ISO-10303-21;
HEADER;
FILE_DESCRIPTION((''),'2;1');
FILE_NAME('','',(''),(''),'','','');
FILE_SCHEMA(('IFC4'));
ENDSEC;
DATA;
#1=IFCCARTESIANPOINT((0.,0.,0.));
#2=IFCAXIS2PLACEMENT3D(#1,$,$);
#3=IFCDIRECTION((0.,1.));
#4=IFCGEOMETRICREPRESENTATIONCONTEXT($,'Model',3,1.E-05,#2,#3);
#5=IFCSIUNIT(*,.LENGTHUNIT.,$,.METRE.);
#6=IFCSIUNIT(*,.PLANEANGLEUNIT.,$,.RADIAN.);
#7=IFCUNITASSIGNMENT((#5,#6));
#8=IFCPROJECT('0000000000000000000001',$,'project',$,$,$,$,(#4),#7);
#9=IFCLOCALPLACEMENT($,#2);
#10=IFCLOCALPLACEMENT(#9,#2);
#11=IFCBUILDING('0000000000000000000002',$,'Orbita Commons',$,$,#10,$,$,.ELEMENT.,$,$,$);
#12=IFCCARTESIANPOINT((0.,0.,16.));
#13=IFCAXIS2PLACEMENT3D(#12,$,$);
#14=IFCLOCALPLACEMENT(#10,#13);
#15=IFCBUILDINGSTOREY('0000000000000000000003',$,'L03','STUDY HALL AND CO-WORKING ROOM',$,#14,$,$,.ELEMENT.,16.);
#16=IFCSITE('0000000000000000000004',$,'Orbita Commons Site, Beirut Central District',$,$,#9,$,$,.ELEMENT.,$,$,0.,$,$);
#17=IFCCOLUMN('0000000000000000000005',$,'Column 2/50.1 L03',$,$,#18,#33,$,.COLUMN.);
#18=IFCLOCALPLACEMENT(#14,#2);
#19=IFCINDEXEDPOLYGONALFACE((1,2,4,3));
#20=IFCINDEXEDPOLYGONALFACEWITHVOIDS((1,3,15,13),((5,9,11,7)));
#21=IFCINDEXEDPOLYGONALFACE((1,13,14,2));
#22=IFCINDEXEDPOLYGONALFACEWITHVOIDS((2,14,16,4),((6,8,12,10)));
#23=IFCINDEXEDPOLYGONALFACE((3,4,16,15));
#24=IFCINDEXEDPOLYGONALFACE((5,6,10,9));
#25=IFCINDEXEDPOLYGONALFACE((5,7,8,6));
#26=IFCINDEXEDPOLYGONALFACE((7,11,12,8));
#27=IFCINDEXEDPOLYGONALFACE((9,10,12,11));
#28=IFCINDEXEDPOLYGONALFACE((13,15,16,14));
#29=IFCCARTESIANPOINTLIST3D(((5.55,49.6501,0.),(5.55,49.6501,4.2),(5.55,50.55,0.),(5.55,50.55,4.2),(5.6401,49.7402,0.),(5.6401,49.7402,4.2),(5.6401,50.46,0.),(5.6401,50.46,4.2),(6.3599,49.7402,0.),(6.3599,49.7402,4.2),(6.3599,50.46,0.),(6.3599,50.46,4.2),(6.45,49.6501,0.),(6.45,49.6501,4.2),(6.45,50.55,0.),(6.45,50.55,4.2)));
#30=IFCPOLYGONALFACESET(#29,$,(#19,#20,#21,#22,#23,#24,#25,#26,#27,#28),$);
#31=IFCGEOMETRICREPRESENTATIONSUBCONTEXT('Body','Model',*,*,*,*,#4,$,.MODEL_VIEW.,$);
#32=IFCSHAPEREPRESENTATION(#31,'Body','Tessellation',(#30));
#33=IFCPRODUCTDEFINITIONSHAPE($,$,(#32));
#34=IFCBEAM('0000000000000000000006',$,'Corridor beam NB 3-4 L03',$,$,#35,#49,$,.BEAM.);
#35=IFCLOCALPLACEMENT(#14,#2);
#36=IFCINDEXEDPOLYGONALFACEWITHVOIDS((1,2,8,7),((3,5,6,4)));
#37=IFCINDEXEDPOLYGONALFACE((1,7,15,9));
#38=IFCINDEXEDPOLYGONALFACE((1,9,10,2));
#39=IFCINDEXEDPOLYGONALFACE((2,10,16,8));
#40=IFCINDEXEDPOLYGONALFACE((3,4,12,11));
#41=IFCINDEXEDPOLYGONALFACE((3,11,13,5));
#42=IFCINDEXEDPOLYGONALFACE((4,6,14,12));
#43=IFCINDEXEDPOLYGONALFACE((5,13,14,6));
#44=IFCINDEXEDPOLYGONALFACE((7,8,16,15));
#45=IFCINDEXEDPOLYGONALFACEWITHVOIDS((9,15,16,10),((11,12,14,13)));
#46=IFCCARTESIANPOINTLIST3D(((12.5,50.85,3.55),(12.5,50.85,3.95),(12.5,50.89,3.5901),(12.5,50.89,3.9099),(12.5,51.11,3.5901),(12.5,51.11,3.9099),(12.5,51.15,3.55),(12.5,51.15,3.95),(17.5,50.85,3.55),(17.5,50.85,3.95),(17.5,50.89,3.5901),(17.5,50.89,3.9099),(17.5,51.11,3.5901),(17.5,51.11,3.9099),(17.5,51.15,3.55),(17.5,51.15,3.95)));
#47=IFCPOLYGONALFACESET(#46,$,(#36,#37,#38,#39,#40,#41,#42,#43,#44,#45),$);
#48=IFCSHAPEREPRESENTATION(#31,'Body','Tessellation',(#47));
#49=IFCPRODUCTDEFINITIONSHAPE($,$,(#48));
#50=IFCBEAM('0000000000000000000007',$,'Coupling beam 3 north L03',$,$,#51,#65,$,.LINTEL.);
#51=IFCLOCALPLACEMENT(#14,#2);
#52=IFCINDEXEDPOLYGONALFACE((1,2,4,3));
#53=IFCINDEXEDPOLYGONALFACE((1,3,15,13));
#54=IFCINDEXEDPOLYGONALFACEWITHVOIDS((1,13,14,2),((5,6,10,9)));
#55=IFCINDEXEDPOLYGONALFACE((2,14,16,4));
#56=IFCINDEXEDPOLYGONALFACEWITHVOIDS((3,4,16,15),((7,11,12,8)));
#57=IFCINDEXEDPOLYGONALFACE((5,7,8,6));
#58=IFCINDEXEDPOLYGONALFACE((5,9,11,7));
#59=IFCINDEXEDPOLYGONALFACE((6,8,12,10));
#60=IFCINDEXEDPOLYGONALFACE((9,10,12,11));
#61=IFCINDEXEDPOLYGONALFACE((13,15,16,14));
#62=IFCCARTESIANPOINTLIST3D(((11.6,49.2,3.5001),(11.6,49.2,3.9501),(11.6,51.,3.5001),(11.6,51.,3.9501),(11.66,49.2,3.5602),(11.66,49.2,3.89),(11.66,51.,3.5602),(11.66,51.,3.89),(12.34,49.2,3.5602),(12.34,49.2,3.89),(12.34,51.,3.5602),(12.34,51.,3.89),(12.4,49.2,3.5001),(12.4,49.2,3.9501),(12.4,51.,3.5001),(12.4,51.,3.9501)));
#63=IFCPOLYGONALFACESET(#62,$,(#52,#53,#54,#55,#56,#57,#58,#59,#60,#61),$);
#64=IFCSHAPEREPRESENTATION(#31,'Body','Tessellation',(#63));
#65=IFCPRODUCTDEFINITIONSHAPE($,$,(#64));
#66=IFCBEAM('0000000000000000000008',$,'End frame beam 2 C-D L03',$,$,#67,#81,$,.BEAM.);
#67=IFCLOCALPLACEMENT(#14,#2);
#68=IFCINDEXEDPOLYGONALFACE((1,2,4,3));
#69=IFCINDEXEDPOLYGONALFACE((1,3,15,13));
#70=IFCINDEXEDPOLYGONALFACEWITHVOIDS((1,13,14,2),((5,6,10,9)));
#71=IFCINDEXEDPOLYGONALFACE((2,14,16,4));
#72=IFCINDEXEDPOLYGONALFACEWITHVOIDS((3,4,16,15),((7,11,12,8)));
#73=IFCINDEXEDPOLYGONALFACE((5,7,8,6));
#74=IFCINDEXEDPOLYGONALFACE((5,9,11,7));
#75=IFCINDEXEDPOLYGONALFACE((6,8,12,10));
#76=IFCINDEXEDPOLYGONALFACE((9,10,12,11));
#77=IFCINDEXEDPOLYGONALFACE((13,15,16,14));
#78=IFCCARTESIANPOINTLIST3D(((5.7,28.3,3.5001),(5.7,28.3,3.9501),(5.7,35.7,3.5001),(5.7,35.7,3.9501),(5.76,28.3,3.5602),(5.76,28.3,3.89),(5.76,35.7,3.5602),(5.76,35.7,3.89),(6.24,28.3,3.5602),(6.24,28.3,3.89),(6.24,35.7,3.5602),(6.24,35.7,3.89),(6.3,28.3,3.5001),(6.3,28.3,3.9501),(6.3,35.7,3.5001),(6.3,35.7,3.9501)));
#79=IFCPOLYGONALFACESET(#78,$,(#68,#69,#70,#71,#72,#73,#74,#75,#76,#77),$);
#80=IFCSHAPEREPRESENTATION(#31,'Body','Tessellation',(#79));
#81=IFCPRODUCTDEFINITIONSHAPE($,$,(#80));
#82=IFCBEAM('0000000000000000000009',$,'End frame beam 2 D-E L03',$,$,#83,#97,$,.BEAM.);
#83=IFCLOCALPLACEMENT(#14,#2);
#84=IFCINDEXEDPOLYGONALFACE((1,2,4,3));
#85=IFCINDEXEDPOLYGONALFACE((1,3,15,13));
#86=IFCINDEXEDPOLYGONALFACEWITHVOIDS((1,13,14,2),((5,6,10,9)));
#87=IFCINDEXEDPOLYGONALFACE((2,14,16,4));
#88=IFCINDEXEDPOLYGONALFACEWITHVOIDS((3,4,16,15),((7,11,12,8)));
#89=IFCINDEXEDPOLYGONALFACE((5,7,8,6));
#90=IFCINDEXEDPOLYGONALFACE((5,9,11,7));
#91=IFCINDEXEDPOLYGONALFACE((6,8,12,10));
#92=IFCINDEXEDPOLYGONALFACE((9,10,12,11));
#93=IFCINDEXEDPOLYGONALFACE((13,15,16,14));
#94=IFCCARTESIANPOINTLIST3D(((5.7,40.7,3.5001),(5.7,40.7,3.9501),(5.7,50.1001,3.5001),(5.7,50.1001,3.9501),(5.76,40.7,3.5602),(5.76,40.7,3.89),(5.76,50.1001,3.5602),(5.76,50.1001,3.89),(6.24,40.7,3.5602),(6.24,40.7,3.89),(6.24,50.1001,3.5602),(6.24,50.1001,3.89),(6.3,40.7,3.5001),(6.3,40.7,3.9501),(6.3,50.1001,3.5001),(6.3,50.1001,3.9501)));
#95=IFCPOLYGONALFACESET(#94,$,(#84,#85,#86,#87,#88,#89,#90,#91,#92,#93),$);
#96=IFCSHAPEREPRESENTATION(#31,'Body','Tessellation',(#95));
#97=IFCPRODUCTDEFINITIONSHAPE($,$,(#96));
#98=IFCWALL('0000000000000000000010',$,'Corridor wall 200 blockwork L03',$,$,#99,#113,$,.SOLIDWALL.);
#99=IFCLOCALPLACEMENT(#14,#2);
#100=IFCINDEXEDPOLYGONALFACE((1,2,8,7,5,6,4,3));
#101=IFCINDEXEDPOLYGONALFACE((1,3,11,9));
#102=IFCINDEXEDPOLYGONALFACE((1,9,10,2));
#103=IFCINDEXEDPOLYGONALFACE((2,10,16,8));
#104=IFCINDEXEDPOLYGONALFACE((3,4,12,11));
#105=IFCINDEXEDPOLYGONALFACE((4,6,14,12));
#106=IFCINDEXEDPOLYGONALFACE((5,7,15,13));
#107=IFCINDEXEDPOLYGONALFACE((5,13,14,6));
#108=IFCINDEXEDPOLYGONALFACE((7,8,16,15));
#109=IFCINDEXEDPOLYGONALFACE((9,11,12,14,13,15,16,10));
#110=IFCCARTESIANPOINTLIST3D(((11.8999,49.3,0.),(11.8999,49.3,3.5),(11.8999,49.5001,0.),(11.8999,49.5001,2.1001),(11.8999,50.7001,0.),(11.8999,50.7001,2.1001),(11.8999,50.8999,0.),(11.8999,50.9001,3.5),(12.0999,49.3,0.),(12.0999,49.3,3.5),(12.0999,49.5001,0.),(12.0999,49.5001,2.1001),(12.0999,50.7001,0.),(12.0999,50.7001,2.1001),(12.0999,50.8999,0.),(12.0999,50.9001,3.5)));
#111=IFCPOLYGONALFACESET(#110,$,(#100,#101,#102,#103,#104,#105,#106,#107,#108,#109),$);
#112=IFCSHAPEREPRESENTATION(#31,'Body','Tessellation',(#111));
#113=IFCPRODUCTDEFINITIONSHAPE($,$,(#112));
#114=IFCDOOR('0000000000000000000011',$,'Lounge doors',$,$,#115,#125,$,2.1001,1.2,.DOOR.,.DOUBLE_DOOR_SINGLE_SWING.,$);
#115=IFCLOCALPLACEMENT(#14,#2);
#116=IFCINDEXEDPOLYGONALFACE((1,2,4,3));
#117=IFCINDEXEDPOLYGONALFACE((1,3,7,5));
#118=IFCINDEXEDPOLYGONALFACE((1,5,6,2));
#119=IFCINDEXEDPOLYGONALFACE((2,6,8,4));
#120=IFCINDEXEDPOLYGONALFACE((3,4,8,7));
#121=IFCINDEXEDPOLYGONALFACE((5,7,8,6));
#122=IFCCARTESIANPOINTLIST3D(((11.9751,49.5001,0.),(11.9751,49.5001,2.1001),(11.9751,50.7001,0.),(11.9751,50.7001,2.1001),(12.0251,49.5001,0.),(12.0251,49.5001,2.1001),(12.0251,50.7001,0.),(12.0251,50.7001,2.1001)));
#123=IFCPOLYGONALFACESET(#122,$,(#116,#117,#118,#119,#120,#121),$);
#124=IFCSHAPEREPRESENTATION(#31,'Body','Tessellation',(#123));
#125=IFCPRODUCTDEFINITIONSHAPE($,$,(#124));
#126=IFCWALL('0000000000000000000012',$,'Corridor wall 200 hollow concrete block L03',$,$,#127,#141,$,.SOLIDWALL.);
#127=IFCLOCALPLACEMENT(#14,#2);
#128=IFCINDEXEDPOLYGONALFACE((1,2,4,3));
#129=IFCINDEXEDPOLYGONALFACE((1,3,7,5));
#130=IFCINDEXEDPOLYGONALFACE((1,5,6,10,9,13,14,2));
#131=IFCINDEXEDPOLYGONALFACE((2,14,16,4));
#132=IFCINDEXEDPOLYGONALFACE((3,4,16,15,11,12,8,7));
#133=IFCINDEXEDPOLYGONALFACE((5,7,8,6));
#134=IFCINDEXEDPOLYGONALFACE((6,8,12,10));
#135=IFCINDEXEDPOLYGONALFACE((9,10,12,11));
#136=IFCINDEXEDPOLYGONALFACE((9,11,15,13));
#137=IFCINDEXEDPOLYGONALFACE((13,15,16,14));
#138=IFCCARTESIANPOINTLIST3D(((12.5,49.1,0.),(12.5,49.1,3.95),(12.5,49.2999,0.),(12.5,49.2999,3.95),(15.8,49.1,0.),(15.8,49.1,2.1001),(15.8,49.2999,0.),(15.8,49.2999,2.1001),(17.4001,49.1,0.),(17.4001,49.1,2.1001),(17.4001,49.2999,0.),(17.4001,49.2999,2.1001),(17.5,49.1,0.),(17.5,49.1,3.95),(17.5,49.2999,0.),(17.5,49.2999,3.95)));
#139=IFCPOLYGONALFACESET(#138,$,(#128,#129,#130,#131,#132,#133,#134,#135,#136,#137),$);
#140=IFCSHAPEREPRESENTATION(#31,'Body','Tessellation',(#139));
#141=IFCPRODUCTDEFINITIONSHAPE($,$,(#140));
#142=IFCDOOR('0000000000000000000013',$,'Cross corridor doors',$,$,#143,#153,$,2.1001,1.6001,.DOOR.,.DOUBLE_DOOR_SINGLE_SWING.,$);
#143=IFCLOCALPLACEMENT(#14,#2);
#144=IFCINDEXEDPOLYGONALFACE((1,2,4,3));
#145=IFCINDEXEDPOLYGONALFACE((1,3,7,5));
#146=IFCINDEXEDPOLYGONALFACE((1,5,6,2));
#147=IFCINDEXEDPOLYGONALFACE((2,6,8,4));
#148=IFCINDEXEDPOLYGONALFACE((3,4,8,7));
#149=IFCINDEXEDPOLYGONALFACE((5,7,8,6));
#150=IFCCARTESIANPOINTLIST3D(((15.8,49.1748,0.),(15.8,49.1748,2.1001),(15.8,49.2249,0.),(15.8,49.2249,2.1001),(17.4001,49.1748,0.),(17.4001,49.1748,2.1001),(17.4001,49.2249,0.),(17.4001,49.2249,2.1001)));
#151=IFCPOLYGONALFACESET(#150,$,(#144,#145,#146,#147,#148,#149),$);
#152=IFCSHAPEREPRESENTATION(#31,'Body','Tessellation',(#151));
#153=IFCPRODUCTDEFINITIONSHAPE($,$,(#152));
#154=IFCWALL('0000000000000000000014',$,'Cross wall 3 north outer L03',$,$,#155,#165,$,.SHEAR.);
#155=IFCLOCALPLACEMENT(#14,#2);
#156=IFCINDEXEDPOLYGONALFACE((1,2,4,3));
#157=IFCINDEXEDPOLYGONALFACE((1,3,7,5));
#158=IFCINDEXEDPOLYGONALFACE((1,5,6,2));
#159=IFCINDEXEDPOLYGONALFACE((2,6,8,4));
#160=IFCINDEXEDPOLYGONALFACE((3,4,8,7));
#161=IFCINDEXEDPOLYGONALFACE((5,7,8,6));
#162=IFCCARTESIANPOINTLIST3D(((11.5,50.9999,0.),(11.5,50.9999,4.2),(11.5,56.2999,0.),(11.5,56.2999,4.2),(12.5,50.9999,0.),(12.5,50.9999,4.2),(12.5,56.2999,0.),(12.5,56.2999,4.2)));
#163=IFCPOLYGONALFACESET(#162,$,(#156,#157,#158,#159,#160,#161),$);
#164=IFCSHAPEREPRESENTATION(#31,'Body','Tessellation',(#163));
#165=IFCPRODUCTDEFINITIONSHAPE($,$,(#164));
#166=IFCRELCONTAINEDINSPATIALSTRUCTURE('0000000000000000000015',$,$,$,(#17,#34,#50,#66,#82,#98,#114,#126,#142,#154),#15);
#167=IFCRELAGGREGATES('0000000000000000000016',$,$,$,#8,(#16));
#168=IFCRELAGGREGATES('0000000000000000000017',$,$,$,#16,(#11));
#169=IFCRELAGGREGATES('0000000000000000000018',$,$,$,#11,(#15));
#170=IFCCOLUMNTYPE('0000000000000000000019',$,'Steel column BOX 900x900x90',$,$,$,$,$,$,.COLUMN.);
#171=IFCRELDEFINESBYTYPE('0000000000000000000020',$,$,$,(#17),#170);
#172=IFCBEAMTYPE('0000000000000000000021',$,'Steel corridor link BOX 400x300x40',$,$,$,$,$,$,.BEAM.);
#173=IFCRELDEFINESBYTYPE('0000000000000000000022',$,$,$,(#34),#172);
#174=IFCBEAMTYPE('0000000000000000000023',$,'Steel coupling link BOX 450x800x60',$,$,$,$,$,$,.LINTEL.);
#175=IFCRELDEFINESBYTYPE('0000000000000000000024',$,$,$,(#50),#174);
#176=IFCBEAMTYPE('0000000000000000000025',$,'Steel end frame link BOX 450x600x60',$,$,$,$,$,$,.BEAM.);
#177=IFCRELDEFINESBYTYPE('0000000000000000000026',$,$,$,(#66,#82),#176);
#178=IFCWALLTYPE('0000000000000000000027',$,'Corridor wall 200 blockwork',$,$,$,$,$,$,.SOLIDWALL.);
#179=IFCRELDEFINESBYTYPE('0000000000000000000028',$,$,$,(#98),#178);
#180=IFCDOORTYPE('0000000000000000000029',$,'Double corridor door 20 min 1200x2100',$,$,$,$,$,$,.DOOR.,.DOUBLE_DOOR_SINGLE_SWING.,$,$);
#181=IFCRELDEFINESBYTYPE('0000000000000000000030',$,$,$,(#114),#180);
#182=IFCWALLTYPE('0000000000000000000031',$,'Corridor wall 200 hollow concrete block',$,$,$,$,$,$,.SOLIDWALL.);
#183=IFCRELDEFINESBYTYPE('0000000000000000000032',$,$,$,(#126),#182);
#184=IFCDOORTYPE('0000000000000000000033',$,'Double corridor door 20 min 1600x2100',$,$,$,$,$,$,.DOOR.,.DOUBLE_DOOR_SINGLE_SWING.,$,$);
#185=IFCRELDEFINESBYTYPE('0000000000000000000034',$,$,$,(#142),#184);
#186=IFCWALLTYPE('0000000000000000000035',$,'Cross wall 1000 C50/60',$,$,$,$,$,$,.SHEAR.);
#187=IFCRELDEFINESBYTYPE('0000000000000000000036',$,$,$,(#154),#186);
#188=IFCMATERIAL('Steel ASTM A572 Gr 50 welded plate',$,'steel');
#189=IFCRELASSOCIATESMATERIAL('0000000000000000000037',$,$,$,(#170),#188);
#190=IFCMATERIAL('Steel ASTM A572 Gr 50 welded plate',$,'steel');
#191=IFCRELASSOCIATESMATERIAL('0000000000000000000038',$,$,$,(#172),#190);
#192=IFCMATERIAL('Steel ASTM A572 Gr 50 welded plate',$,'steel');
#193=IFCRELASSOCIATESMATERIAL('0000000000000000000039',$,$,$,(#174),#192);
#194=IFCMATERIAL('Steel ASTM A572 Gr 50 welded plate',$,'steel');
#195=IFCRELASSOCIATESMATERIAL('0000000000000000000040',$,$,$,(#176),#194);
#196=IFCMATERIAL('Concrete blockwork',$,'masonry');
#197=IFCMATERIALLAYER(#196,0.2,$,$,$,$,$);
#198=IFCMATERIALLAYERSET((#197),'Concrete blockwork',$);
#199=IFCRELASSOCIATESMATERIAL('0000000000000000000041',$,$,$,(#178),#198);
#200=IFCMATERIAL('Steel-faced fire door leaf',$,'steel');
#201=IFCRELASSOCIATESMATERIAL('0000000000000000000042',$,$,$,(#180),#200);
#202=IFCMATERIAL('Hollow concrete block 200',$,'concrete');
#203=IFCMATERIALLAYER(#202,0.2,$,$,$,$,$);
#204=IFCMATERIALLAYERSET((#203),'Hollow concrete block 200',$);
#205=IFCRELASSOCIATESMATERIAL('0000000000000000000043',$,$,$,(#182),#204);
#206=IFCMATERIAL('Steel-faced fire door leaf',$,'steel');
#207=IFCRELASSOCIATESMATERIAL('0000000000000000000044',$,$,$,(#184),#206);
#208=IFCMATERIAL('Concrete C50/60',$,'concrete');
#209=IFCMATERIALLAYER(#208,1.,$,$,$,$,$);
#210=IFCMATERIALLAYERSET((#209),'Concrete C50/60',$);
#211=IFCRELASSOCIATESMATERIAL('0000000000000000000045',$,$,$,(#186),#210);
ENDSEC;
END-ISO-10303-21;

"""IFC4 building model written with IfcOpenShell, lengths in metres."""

from ifc_helpers import new_model, si_unit, direction, frame, frame_2d, origin, origin_2d, place, context, subcontext, project, spatial, polyline, rectangle, hollow_rectangle, outline, extrude, material, layer, layer_set, material_profile, profile_set, type_object, element, fill, save


model = new_model("IFC4")

# Units and contexts
model_context = context("Model", 3, precision=1e-05, world=origin(), true_north=direction((0.0, 1.0)))
body_context = subcontext(model_context, "Body", "Model", "MODEL_VIEW")
ifc_project = project(units=[si_unit("LENGTHUNIT", "METRE"), si_unit("PLANEANGLEUNIT", "RADIAN")], contexts=[model_context])

# Site, building, storey
site_placement = place(None, origin())
site = spatial("IfcSite", under=ifc_project, at=site_placement, Name="Orbita Commons Site, Beirut Central District", CompositionType="ELEMENT", RefElevation=0.0)
building_placement = place(site_placement, origin())
building = spatial("IfcBuilding", under=site, at=building_placement, Name="Orbita Commons", CompositionType="ELEMENT")
storey_placement = place(building_placement, frame((0.0, 0.0, 16.0)))
storey = spatial("IfcBuildingStorey", under=building, at=storey_placement, Name="L03", Description="STUDY HALL AND CO-WORKING ROOM", CompositionType="ELEMENT", Elevation=16.0)

# Column
ifc_material_1 = material(Name="Steel ASTM A572 Gr 50 welded plate", Category="steel")
ifc_material_profile_1 = material_profile(ifc_material_1, hollow_rectangle(XDim=0.8999, YDim=0.8999, WallThickness=0.0901, at=origin_2d()), Name="BOX 900x900x90")
ifc_profile_set_1 = profile_set([ifc_material_profile_1], Name="Steel ASTM A572 Gr 50 welded plate")
column_type = type_object("IfcColumnType", Name="Steel column BOX 900x900x90", PredefinedType="COLUMN", material=ifc_profile_set_1)
column_placement = place(storey_placement, frame((6.0, 50.1001, 0.0), z_axis=(0.0, 0.0, 1.0), x_axis=(1.0, 0.0, 0.0)))
element("IfcColumn", 1, at=column_placement, inside=storey, type_object=column_type, Name="Column 2/50.1 L03", PredefinedType="COLUMN", context=body_context, shape_type="SweptSolid", body=[
    extrude(hollow_rectangle(XDim=0.8999, YDim=0.8999, WallThickness=0.0901, at=origin_2d()), origin(), (0.0, 0.0, 1.0), 4.2),
])

# Beams
ifc_material_2 = material(Name="Steel ASTM A572 Gr 50 welded plate", Category="steel")
ifc_material_profile_2 = material_profile(ifc_material_2, hollow_rectangle(XDim=0.3, YDim=0.3999, WallThickness=0.04, at=origin_2d()), Name="BOX 400x300x40")
ifc_profile_set_2 = profile_set([ifc_material_profile_2], Name="Steel ASTM A572 Gr 50 welded plate")
beam_type_1 = type_object("IfcBeamType", Name="Steel corridor link BOX 400x300x40", PredefinedType="BEAM", material=ifc_profile_set_2)
beam_1_placement = place(storey_placement, frame((12.5, 51.0, 3.75), z_axis=(1.0, 0.0, 0.0), x_axis=(0.0, 1.0, 0.0)))
element("IfcBeam", 2, at=beam_1_placement, inside=storey, type_object=beam_type_1, Name="Corridor beam NB 3-4 L03", PredefinedType="BEAM", context=body_context, shape_type="SweptSolid", body=[
    extrude(hollow_rectangle(XDim=0.3, YDim=0.3999, WallThickness=0.04, at=origin_2d()), origin(), (0.0, 0.0, 1.0), 5.0),
])
ifc_material_3 = material(Name="Steel ASTM A572 Gr 50 welded plate", Category="steel")
ifc_material_profile_3 = material_profile(ifc_material_3, hollow_rectangle(XDim=0.8, YDim=0.45, WallThickness=0.0601, at=origin_2d()), Name="BOX 450x800x60")
ifc_profile_set_3 = profile_set([ifc_material_profile_3], Name="Steel ASTM A572 Gr 50 welded plate")
beam_type_2 = type_object("IfcBeamType", Name="Steel coupling link BOX 450x800x60", PredefinedType="LINTEL", material=ifc_profile_set_3)
beam_2_placement = place(storey_placement, frame((12.0, 49.2, 3.7251), z_axis=(0.0, 1.0, 0.0), x_axis=(-1.0, 0.0, 0.0)))
element("IfcBeam", 3, at=beam_2_placement, inside=storey, type_object=beam_type_2, Name="Coupling beam 3 north L03", PredefinedType="LINTEL", context=body_context, shape_type="SweptSolid", body=[
    extrude(hollow_rectangle(XDim=0.8, YDim=0.45, WallThickness=0.0601, at=origin_2d()), origin(), (0.0, 0.0, 1.0), 1.8),
])
ifc_material_4 = material(Name="Steel ASTM A572 Gr 50 welded plate", Category="steel")
ifc_material_profile_4 = material_profile(ifc_material_4, hollow_rectangle(XDim=0.6001, YDim=0.45, WallThickness=0.0601, at=origin_2d()), Name="BOX 450x600x60")
ifc_profile_set_4 = profile_set([ifc_material_profile_4], Name="Steel ASTM A572 Gr 50 welded plate")
beam_type_3 = type_object("IfcBeamType", Name="Steel end frame link BOX 450x600x60", PredefinedType="BEAM", material=ifc_profile_set_4)
beam_3_placement = place(storey_placement, frame((6.0, 28.3, 3.7251), z_axis=(0.0, 1.0, 0.0), x_axis=(-1.0, 0.0, 0.0)))
element("IfcBeam", 4, at=beam_3_placement, inside=storey, type_object=beam_type_3, Name="End frame beam 2 C-D L03", PredefinedType="BEAM", context=body_context, shape_type="SweptSolid", body=[
    extrude(hollow_rectangle(XDim=0.6001, YDim=0.45, WallThickness=0.0601, at=origin_2d()), origin(), (0.0, 0.0, 1.0), 7.3999),
])
beam_4_placement = place(storey_placement, frame((6.0, 40.7, 3.7251), z_axis=(0.0, 1.0, 0.0), x_axis=(-1.0, 0.0, 0.0)))
element("IfcBeam", 5, at=beam_4_placement, inside=storey, type_object=beam_type_3, Name="End frame beam 2 D-E L03", PredefinedType="BEAM", context=body_context, shape_type="SweptSolid", body=[
    extrude(hollow_rectangle(XDim=0.6001, YDim=0.45, WallThickness=0.0601, at=origin_2d()), origin(), (0.0, 0.0, 1.0), 9.4001),
])

# Walls, openings, doors
ifc_material_5 = material(Name="Concrete blockwork", Category="masonry")
ifc_layer_1 = layer(ifc_material_5, 0.2)
ifc_layer_set_1 = layer_set([ifc_layer_1], Name="Concrete blockwork")
wall_type_1 = type_object("IfcWallType", Name="Corridor wall 200 blockwork", PredefinedType="SOLIDWALL", material=ifc_layer_set_1)
wall_1_placement = place(storey_placement, frame((12.0, 49.3, 0.0), z_axis=(0.0, 0.0, 1.0), x_axis=(0.0, 1.0, 0.0)))
wall_1 = element("IfcWall", 6, at=wall_1_placement, inside=storey, type_object=wall_type_1, Name="Corridor wall 200 blockwork L03", PredefinedType="SOLIDWALL", context=body_context, shape_type="SweptSolid", body=[
    extrude(outline(polyline([(0.0, 0.0), (1.5999, 0.0), (1.6001, 3.5), (0.0, 3.5), (0.0, 0.0)])), frame((0.0, 0.1001, 0.0), z_axis=(0.0, -1.0, 0.0), x_axis=(1.0, 0.0, 0.0)), (0.0, 0.0, 1.0), 0.2),
])
opening_1_placement = place(wall_1_placement, frame((0.2, 0.0, 0.0)))
opening_1 = element("IfcOpeningElement", 7, at=opening_1_placement, cuts=wall_1, PredefinedType="OPENING", context=body_context, shape_type="SweptSolid", body=[
    extrude(rectangle(XDim=1.2, YDim=2.1001, at=frame_2d((0.6001, 1.05))), frame((0.0, 0.1099, 0.0), z_axis=(0.0, -1.0, 0.0), x_axis=(1.0, 0.0, 0.0)), (0.0, 0.0, 1.0), 0.22),
])
ifc_material_6 = material(Name="Steel-faced fire door leaf", Category="steel")
door_type_1 = type_object("IfcDoorType", Name="Double corridor door 20 min 1200x2100", OperationType="DOUBLE_DOOR_SINGLE_SWING", PredefinedType="DOOR", material=ifc_material_6)
door_1_placement = place(opening_1_placement, origin())
door_1 = element("IfcDoor", 8, at=door_1_placement, inside=storey, type_object=door_type_1, Name="Lounge doors", OperationType="DOUBLE_DOOR_SINGLE_SWING", OverallHeight=2.1001, OverallWidth=1.2, PredefinedType="DOOR", context=body_context, shape_type="SweptSolid", body=[
    extrude(rectangle(XDim=1.2, YDim=2.1001, at=frame_2d((0.6001, 1.05))), frame((0.0, 0.0249, 0.0), z_axis=(0.0, -1.0, 0.0), x_axis=(1.0, 0.0, 0.0)), (0.0, 0.0, 1.0), 0.05),
])
fill(opening_1, door_1)
ifc_material_7 = material(Name="Hollow concrete block 200", Category="concrete")
ifc_layer_2 = layer(ifc_material_7, 0.2)
ifc_layer_set_2 = layer_set([ifc_layer_2], Name="Hollow concrete block 200")
wall_type_2 = type_object("IfcWallType", Name="Corridor wall 200 hollow concrete block", PredefinedType="SOLIDWALL", material=ifc_layer_set_2)
wall_2_placement = place(storey_placement, frame((12.5, 49.2, 0.0), z_axis=(0.0, 0.0, 1.0), x_axis=(1.0, 0.0, 0.0)))
wall_2 = element("IfcWall", 9, at=wall_2_placement, inside=storey, type_object=wall_type_2, Name="Corridor wall 200 hollow concrete block L03", PredefinedType="SOLIDWALL", context=body_context, shape_type="SweptSolid", body=[
    extrude(rectangle(XDim=5.0, YDim=0.2, at=frame_2d((2.5, 0.0))), origin(), (0.0, 0.0, 1.0), 3.95),
])
opening_2_placement = place(wall_2_placement, frame((3.3, 0.0, 0.0)))
opening_2 = element("IfcOpeningElement", 10, at=opening_2_placement, cuts=wall_2, PredefinedType="OPENING", context=body_context, shape_type="SweptSolid", body=[
    extrude(rectangle(XDim=1.6001, YDim=2.1001, at=frame_2d((0.8, 1.05))), frame((0.0, 0.1099, 0.0), z_axis=(0.0, -1.0, 0.0), x_axis=(1.0, 0.0, 0.0)), (0.0, 0.0, 1.0), 0.22),
])
ifc_material_8 = material(Name="Steel-faced fire door leaf", Category="steel")
door_type_2 = type_object("IfcDoorType", Name="Double corridor door 20 min 1600x2100", OperationType="DOUBLE_DOOR_SINGLE_SWING", PredefinedType="DOOR", material=ifc_material_8)
door_2_placement = place(opening_2_placement, origin())
door_2 = element("IfcDoor", 11, at=door_2_placement, inside=storey, type_object=door_type_2, Name="Cross corridor doors", OperationType="DOUBLE_DOOR_SINGLE_SWING", OverallHeight=2.1001, OverallWidth=1.6001, PredefinedType="DOOR", context=body_context, shape_type="SweptSolid", body=[
    extrude(rectangle(XDim=1.6001, YDim=2.1001, at=frame_2d((0.8, 1.05))), frame((0.0, 0.0249, 0.0), z_axis=(0.0, -1.0, 0.0), x_axis=(1.0, 0.0, 0.0)), (0.0, 0.0, 1.0), 0.05),
])
fill(opening_2, door_2)

# Wall
ifc_material_9 = material(Name="Concrete C50/60", Category="concrete")
ifc_layer_3 = layer(ifc_material_9, 1.0)
ifc_layer_set_3 = layer_set([ifc_layer_3], Name="Concrete C50/60")
wall_type_3 = type_object("IfcWallType", Name="Cross wall 1000 C50/60", PredefinedType="SHEAR", material=ifc_layer_set_3)
wall_3_placement = place(storey_placement, frame((12.0, 51.0, 0.0), z_axis=(0.0, 0.0, 1.0), x_axis=(0.0, 1.0, 0.0)))
element("IfcWall", 12, at=wall_3_placement, inside=storey, type_object=wall_type_3, Name="Cross wall 3 north outer L03", PredefinedType="SHEAR", context=body_context, shape_type="SweptSolid", body=[
    extrude(rectangle(XDim=5.3, YDim=1.0, at=frame_2d((2.6499, 0.0))), origin(), (0.0, 0.0, 1.0), 4.2),
])

save(model, "model.ifc")
